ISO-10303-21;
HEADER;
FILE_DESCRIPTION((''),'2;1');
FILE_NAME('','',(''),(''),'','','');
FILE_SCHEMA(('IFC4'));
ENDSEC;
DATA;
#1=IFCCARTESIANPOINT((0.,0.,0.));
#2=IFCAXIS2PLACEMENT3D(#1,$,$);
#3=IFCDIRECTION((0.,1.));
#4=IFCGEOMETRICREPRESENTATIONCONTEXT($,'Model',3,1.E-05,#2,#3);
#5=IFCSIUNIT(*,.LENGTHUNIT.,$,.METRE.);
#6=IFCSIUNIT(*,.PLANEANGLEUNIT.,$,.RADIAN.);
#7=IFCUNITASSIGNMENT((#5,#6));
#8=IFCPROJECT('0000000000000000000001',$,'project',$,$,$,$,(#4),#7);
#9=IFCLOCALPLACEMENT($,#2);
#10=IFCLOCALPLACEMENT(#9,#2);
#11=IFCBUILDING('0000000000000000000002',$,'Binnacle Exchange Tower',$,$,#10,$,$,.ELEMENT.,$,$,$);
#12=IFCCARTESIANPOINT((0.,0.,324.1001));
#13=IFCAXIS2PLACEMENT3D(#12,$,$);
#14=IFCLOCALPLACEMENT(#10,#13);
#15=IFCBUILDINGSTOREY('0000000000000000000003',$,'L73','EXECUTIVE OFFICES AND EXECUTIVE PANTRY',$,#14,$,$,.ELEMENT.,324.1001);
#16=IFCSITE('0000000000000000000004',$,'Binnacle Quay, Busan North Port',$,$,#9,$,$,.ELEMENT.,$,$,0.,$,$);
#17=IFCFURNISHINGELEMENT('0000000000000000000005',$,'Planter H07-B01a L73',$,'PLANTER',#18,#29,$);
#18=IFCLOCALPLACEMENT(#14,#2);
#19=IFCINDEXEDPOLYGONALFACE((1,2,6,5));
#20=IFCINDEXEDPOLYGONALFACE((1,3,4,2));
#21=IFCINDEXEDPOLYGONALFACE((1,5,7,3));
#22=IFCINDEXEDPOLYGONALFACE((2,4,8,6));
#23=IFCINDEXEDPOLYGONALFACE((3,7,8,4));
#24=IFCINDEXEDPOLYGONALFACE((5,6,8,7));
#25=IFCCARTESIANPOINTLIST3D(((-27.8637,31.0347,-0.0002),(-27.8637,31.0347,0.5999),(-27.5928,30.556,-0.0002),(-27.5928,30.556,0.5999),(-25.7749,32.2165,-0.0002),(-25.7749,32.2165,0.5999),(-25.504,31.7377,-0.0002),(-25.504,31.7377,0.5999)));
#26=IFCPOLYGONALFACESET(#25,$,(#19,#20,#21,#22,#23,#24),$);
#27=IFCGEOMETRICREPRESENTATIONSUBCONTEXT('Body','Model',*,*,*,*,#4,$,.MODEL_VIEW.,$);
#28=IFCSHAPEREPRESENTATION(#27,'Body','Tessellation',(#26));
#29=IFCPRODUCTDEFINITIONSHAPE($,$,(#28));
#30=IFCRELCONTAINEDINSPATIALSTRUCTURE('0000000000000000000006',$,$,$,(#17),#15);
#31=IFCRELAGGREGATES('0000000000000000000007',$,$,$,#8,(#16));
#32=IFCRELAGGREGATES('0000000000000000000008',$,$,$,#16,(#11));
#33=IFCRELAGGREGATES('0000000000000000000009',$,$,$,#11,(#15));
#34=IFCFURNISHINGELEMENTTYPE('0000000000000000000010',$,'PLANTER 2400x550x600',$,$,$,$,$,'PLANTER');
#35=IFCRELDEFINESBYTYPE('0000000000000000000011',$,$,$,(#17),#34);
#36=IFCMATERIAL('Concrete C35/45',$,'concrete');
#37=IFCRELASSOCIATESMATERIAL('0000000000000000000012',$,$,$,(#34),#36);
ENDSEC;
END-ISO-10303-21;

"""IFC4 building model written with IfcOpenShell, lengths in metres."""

from ifc_helpers import new_model, si_unit, direction, frame, origin, origin_2d, place, context, subcontext, project, spatial, rectangle, extrude, material, type_object, element, save


model = new_model("IFC4")

# Units and contexts
model_context = context("Model", 3, precision=1e-05, world=origin(), true_north=direction((0.0, 1.0)))
body_context = subcontext(model_context, "Body", "Model", "MODEL_VIEW")
ifc_project = project(units=[si_unit("LENGTHUNIT", "METRE"), si_unit("PLANEANGLEUNIT", "RADIAN")], contexts=[model_context])

# Site, building, storey
site_placement = place(None, origin())
site = spatial("IfcSite", under=ifc_project, at=site_placement, Name="Binnacle Quay, Busan North Port", CompositionType="ELEMENT", RefElevation=0.0)
building_placement = place(site_placement, origin())
building = spatial("IfcBuilding", under=site, at=building_placement, Name="Binnacle Exchange Tower", CompositionType="ELEMENT")
storey_placement = place(building_placement, frame((0.0, 0.0, 324.1001)))
storey = spatial("IfcBuildingStorey", under=building, at=storey_placement, Name="L73", Description="EXECUTIVE OFFICES AND EXECUTIVE PANTRY", CompositionType="ELEMENT", Elevation=324.1001)

# Shared definitions
ifc_material_1 = material(Name="Concrete C35/45", Category="concrete")

# Furnishing element
furnishing_element_type = type_object("IfcFurnishingElementType", Name="PLANTER 2400x550x600", ElementType="PLANTER", material=ifc_material_1)
furnishing_placement = place(storey_placement, frame((-26.6838, 31.3862, -0.0002), z_axis=(0.0, 0.0, 1.0), x_axis=(0.870356, 0.492424, 0.0)))
element("IfcFurnishingElement", 1, at=furnishing_placement, inside=storey, type_object=furnishing_element_type, Name="Planter H07-B01a L73", ObjectType="PLANTER", context=body_context, shape_type="SweptSolid", body=[
    extrude(rectangle(XDim=2.3999, YDim=0.55, at=origin_2d()), origin(), (0.0, 0.0, 1.0), 0.6001),
])

save(model, "model.ifc")
